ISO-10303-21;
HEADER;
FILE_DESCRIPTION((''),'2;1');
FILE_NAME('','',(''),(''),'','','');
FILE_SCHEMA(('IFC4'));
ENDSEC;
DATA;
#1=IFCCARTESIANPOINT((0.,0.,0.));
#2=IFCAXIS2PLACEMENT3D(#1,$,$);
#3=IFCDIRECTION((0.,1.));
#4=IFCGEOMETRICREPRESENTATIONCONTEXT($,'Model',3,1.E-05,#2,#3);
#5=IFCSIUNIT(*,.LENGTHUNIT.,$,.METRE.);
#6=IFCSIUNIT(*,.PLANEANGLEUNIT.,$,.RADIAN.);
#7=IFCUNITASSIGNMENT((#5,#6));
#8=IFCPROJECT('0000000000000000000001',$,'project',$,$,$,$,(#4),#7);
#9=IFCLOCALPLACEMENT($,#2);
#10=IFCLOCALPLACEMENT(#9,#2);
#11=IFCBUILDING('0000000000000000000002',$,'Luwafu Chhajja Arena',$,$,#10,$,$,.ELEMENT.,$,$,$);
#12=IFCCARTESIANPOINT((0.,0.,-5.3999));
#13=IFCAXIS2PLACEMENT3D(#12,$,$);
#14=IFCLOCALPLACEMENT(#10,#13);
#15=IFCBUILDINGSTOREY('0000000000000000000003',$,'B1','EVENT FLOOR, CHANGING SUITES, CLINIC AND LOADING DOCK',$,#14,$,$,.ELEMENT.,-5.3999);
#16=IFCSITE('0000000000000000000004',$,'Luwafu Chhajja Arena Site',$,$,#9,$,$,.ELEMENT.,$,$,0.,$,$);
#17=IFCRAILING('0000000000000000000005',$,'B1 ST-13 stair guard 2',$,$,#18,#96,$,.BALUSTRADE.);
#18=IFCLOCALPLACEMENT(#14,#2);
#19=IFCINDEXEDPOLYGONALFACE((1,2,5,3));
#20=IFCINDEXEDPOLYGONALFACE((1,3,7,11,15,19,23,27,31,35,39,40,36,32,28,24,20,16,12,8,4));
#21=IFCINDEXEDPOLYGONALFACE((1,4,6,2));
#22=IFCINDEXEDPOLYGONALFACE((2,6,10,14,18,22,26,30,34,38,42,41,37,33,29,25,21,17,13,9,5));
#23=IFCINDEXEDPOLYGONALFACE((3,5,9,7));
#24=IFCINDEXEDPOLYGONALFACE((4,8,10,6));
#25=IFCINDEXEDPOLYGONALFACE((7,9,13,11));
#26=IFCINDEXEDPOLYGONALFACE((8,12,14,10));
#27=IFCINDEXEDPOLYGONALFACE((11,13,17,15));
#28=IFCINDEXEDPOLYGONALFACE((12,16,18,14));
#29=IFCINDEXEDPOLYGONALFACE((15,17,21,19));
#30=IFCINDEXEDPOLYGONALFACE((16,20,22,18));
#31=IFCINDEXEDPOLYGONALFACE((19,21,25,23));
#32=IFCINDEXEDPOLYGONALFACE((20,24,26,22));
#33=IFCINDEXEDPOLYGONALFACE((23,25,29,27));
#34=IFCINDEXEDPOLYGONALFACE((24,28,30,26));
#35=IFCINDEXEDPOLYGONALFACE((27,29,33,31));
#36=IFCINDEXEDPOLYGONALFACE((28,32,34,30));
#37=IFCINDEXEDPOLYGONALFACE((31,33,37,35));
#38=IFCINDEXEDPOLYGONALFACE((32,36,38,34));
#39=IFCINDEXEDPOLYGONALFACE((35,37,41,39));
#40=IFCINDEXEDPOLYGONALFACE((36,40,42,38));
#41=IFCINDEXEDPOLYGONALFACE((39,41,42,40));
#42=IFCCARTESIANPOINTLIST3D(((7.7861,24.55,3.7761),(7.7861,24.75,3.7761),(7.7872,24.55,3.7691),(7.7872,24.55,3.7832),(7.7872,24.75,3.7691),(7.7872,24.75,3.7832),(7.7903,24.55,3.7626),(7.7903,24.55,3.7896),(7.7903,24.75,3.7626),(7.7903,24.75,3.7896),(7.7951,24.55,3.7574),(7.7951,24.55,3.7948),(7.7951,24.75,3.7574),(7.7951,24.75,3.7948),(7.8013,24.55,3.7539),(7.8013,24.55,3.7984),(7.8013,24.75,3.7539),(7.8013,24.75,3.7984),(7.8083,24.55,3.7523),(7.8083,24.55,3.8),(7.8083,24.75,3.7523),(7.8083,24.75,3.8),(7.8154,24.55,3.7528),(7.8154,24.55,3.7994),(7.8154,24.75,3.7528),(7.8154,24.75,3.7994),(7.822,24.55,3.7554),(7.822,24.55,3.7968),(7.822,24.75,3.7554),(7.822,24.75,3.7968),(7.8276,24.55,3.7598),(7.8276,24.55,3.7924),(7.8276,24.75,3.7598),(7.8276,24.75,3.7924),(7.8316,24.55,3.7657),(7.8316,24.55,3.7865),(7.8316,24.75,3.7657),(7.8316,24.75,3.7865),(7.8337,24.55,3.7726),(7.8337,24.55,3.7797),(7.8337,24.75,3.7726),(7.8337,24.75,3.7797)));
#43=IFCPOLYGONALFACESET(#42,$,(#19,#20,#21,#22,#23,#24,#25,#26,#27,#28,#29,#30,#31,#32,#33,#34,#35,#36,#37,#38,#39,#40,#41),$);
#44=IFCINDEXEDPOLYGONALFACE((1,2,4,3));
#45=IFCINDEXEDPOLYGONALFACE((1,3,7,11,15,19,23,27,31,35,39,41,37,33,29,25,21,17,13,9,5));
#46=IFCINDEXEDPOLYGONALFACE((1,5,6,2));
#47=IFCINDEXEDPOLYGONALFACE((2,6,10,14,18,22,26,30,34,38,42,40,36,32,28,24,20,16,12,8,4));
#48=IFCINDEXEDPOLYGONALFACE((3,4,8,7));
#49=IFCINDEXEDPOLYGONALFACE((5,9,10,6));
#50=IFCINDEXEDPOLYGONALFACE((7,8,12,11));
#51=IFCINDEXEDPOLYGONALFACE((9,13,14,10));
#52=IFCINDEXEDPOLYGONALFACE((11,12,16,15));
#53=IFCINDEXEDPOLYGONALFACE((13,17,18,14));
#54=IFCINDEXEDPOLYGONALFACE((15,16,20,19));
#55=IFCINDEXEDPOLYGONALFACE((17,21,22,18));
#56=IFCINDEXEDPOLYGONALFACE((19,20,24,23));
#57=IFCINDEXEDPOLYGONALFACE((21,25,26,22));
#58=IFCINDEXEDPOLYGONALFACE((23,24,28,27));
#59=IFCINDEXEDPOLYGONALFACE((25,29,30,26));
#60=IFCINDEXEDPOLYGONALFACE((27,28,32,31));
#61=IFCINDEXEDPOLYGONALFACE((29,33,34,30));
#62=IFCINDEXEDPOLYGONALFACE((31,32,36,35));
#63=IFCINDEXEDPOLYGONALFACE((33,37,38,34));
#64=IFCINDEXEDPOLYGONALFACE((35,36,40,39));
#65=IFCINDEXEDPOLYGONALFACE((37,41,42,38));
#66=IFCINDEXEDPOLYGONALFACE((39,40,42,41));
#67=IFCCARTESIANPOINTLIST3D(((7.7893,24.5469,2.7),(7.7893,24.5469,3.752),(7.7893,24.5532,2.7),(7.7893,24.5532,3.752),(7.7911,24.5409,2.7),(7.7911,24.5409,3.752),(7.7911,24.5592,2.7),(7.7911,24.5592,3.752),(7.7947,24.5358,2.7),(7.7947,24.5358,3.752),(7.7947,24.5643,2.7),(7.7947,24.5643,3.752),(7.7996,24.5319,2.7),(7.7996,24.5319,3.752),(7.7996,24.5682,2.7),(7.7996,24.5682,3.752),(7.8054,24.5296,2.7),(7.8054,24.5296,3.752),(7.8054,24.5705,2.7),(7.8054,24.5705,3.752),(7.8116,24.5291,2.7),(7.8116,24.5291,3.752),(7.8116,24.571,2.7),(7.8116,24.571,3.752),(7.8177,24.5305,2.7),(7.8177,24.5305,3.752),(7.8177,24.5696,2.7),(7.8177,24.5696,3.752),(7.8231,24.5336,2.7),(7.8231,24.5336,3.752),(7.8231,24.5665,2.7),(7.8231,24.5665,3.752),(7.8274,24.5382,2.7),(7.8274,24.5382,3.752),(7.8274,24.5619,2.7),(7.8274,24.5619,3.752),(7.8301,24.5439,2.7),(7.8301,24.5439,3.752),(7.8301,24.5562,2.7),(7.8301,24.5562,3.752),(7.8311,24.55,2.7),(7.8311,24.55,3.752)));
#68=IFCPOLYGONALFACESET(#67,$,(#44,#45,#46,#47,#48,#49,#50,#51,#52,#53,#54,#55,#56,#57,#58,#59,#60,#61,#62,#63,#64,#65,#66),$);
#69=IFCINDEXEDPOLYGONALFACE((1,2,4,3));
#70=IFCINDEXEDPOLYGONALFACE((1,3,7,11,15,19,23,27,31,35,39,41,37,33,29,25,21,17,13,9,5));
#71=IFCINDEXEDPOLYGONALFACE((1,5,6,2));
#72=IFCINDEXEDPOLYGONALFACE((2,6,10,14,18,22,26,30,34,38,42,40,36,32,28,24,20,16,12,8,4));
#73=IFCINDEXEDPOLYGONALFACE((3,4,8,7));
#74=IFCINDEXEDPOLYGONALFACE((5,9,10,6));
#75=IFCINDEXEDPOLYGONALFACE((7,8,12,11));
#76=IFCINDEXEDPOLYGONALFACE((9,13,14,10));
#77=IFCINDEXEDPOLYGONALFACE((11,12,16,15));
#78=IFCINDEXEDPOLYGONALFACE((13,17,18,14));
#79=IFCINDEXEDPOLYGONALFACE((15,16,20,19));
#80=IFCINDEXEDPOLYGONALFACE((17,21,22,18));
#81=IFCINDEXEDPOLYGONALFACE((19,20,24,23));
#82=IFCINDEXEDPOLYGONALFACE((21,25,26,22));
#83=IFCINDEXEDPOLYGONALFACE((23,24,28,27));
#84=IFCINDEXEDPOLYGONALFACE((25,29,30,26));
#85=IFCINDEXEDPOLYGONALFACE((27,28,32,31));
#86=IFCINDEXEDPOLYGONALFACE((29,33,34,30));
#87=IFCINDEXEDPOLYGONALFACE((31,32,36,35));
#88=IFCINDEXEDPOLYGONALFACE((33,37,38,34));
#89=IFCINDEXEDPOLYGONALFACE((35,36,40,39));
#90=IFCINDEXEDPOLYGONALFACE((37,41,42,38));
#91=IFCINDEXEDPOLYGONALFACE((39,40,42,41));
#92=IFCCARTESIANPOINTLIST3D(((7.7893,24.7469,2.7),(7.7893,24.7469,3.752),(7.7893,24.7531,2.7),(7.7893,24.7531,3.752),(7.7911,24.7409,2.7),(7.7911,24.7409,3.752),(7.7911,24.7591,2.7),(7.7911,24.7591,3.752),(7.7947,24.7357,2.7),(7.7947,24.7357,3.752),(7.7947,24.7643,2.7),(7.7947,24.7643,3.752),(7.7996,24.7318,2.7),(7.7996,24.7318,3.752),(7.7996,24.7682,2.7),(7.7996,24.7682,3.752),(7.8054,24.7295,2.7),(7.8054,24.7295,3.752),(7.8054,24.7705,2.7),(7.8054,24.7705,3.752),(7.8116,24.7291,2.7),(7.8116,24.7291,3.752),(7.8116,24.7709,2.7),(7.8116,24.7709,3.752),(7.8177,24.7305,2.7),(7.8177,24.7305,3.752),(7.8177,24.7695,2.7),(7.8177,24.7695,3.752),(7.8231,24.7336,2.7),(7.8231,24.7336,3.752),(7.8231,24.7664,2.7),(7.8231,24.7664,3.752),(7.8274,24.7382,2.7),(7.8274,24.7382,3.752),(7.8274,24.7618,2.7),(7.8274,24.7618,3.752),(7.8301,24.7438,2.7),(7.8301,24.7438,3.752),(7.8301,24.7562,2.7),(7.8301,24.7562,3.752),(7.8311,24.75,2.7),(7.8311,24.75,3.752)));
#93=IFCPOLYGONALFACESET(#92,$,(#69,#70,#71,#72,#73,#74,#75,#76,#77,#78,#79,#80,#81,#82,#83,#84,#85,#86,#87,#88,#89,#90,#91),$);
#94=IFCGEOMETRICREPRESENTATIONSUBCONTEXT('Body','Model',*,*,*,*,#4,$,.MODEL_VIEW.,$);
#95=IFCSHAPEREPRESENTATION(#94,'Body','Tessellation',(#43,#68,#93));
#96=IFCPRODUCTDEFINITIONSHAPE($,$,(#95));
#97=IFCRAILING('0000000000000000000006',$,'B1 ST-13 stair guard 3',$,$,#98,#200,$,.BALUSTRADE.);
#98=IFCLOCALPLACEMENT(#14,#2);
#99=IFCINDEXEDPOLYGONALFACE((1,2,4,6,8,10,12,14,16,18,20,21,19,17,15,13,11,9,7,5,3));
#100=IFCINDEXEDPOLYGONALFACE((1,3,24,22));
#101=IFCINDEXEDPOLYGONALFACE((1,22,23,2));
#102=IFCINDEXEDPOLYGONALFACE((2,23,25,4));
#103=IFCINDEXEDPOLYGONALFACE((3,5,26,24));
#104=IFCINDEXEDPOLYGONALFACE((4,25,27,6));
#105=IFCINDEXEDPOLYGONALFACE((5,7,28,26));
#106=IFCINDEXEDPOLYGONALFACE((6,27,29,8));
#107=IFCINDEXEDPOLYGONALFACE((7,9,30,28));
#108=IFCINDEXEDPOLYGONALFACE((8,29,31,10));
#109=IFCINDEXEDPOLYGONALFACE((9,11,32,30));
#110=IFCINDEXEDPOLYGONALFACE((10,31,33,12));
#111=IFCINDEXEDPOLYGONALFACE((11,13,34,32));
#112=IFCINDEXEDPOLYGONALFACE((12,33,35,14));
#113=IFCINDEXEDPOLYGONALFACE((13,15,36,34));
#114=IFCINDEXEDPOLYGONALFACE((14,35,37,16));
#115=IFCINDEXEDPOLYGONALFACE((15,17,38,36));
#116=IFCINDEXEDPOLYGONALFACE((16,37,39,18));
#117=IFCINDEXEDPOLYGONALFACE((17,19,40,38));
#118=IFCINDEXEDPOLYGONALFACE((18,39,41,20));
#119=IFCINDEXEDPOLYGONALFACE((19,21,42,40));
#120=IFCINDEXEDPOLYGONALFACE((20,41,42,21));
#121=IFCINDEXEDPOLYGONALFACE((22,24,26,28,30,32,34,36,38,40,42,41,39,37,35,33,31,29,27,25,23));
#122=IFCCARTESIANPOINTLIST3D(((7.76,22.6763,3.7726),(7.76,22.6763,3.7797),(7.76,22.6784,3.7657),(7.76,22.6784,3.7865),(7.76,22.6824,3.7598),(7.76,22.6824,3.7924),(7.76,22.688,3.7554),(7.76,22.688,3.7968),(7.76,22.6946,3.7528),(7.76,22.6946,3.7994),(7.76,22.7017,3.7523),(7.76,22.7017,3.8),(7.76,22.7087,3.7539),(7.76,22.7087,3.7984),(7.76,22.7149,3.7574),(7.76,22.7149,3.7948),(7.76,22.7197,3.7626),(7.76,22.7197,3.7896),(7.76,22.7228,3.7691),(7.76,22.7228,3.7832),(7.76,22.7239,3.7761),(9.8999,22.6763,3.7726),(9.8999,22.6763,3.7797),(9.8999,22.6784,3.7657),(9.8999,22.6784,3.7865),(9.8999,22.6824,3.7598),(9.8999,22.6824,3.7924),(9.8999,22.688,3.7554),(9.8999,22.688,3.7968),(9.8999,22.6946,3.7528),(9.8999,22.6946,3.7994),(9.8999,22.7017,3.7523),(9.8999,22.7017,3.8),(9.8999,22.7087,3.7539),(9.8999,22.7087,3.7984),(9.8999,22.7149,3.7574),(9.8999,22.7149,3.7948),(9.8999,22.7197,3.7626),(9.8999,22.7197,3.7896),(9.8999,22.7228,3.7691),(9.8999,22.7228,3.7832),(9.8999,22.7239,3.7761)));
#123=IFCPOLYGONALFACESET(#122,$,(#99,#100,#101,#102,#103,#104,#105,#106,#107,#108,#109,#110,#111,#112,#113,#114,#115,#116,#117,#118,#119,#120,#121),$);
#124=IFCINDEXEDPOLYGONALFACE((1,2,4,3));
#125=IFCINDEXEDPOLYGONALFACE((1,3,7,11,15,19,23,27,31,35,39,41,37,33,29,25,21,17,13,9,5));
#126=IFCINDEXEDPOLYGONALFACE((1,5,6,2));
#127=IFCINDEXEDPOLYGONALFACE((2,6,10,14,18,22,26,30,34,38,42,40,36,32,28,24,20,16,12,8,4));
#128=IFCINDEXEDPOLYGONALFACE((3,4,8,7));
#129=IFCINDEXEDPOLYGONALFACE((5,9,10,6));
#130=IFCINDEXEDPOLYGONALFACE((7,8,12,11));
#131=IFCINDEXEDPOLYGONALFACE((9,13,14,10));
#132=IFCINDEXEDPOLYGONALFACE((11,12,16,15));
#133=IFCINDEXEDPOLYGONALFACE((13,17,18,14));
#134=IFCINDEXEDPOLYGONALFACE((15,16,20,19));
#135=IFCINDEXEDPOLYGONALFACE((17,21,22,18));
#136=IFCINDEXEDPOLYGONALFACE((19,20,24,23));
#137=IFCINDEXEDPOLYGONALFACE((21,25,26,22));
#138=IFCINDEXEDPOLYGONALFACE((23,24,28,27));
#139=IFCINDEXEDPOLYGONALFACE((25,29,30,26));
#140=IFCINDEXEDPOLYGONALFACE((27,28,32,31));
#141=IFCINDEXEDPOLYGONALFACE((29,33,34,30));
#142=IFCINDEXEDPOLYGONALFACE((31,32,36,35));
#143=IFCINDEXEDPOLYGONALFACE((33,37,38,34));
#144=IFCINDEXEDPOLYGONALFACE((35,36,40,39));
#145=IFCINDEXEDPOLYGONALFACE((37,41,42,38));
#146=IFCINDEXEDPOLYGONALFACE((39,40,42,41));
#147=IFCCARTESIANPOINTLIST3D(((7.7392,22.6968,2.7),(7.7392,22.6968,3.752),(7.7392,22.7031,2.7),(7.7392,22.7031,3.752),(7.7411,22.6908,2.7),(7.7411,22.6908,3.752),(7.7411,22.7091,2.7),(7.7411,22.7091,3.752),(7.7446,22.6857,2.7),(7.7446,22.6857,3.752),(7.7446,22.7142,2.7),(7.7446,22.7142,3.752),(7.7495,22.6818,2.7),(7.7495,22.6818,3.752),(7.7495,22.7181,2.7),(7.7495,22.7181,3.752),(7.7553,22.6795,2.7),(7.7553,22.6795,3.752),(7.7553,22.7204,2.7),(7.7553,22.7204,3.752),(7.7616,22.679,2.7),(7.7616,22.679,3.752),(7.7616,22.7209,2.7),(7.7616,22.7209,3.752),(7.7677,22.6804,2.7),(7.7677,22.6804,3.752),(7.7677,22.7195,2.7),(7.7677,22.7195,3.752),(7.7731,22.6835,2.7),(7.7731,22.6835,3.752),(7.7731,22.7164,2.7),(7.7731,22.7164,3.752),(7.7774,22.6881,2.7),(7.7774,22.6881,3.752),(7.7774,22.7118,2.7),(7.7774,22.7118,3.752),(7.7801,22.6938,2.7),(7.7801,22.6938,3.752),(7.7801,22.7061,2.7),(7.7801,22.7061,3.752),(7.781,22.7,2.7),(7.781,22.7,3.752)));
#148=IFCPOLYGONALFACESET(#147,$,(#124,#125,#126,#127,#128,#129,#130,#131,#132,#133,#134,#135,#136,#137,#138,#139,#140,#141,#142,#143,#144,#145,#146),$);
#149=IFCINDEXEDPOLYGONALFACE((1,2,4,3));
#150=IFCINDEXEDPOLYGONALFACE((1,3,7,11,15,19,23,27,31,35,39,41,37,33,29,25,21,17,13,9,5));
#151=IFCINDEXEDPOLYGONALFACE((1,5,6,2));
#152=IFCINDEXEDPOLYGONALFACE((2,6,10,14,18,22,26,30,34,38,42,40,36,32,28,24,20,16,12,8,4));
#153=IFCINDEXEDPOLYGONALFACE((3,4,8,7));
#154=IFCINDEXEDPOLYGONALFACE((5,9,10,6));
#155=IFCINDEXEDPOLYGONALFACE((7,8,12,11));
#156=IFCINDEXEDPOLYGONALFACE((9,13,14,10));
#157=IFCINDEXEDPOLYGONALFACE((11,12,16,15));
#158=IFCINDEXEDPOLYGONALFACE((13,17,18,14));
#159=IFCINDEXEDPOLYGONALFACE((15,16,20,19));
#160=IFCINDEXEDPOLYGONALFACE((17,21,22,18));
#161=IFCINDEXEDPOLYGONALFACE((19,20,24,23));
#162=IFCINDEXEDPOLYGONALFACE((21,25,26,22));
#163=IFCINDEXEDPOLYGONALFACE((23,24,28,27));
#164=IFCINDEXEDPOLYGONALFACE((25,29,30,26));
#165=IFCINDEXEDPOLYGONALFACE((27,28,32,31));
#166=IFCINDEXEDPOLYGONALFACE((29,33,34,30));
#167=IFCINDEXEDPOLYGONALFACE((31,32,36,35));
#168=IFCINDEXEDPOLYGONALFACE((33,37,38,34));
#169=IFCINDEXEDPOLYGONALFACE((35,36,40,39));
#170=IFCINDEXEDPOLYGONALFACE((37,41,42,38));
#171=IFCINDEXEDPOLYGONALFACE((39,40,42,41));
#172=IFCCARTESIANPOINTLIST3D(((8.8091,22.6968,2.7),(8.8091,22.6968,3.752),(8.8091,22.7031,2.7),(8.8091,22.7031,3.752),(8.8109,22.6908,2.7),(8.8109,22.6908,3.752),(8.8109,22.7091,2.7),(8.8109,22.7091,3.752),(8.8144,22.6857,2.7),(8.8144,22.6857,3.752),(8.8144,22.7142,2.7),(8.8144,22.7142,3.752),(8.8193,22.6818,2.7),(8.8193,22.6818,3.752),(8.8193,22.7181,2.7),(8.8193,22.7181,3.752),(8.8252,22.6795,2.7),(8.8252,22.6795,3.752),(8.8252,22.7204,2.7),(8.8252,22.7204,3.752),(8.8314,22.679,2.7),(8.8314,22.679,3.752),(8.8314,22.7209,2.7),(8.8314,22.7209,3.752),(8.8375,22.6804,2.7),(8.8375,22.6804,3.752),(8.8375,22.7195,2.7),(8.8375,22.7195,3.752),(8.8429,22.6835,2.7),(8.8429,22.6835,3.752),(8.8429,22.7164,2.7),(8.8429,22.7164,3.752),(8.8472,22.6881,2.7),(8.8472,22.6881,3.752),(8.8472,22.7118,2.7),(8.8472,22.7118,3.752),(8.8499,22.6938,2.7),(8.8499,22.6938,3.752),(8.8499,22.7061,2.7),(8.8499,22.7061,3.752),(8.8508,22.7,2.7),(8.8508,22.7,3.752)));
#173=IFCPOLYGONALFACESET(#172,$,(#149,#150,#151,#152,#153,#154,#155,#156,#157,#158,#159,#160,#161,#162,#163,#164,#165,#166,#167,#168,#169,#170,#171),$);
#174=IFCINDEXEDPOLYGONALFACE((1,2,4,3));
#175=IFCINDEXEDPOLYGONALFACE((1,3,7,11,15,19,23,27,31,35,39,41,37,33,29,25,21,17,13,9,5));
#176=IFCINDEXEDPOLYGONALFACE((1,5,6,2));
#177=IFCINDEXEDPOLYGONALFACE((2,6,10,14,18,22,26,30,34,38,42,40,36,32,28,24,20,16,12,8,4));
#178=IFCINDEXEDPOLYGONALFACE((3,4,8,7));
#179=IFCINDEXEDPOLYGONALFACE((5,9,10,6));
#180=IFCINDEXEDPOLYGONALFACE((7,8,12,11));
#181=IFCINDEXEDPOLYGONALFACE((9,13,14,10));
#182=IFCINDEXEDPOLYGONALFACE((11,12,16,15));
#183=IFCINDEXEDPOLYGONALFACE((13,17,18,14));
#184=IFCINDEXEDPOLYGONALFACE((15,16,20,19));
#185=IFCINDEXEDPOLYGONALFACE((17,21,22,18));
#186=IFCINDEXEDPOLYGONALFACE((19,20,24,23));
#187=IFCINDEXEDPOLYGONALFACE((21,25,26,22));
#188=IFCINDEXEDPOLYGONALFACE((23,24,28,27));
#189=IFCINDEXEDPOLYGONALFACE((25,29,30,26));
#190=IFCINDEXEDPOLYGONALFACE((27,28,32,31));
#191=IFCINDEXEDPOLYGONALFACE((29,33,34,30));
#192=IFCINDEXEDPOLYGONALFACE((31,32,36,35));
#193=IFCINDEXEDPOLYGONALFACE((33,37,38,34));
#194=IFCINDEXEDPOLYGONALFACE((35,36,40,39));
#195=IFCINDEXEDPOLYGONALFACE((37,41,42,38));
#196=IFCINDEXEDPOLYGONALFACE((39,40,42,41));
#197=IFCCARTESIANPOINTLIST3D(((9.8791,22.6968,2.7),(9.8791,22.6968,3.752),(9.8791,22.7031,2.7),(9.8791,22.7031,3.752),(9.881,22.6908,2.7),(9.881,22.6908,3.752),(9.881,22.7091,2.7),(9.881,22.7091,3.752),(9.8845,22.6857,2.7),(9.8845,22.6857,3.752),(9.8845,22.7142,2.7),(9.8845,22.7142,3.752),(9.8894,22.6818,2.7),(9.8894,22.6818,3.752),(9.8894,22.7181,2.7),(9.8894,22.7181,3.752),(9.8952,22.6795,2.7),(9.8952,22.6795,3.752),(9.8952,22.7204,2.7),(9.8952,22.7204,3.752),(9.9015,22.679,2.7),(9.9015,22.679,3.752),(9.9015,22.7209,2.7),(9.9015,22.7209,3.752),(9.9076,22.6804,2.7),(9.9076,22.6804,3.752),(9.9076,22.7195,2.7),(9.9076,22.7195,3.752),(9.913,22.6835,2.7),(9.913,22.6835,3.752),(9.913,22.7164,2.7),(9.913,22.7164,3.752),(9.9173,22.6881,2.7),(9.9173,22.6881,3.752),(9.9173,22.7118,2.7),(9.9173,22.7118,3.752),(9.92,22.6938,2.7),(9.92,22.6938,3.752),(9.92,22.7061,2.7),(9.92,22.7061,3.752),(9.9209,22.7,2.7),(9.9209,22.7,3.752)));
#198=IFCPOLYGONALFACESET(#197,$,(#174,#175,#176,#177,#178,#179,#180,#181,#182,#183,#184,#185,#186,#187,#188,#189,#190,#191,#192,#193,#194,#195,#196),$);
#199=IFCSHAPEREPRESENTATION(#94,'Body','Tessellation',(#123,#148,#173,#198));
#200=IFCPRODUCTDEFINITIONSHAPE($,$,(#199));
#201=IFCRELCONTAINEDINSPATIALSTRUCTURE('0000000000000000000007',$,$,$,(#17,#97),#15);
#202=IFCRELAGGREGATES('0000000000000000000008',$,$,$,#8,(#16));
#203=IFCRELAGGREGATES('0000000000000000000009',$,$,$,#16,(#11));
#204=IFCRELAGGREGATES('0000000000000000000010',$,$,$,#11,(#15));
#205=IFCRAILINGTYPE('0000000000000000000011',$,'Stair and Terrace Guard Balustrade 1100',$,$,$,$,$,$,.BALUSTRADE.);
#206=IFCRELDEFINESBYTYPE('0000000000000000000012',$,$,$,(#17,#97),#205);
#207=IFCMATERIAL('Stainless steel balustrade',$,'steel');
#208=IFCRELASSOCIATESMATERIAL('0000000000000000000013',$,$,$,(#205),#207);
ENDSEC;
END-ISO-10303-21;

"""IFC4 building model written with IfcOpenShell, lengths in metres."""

from ifc_helpers import new_model, si_unit, direction, frame, origin, origin_2d, place, context, subcontext, project, spatial, circle, extrude, material, type_object, element, save


model = new_model("IFC4")

# Units and contexts
model_context = context("Model", 3, precision=1e-05, world=origin(), true_north=direction((0.0, 1.0)))
body_context = subcontext(model_context, "Body", "Model", "MODEL_VIEW")
ifc_project = project(units=[si_unit("LENGTHUNIT", "METRE"), si_unit("PLANEANGLEUNIT", "RADIAN")], contexts=[model_context])

# Site, building, storey
site_placement = place(None, origin())
site = spatial("IfcSite", under=ifc_project, at=site_placement, Name="Luwafu Chhajja Arena Site", CompositionType="ELEMENT", RefElevation=0.0)
building_placement = place(site_placement, origin())
building = spatial("IfcBuilding", under=site, at=building_placement, Name="Luwafu Chhajja Arena", CompositionType="ELEMENT")
storey_placement = place(building_placement, frame((0.0, 0.0, -5.3999)))
storey = spatial("IfcBuildingStorey", under=building, at=storey_placement, Name="B1", Description="EVENT FLOOR, CHANGING SUITES, CLINIC AND LOADING DOCK", CompositionType="ELEMENT", Elevation=-5.3999)

# Railings
ifc_material_1 = material(Name="Stainless steel balustrade", Category="steel")
railing_type_1 = type_object("IfcRailingType", Name="Stair and Terrace Guard Balustrade 1100", PredefinedType="BALUSTRADE", material=ifc_material_1)
railing_1_placement = place(storey_placement, frame((7.8101, 24.55, 2.7)))
element("IfcRailing", 1, at=railing_1_placement, inside=storey, type_object=railing_type_1, Name="B1 ST-13 stair guard 2", PredefinedType="BALUSTRADE", context=body_context, shape_type="SweptSolid", body=[
    extrude(circle(Radius=0.0239, at=origin_2d()), frame((0.0, 0.0, 1.0762), z_axis=(0.0, 1.0, 0.0), x_axis=(-1.0, 0.0, 0.0)), (0.0, 0.0, 1.0), 0.2),
    extrude(circle(Radius=0.021, at=origin_2d()), origin(), (0.0, 0.0, 1.0), 1.052),
    extrude(circle(Radius=0.021, at=origin_2d()), frame((0.0, 0.2, 0.0)), (0.0, 0.0, 1.0), 1.052),
])
for number, where, name in (
    (2, (7.76, 22.7, 2.7), "B1 ST-13 stair guard 3"),
):
    element("IfcRailing", number, at=place(storey_placement, frame(where)), inside=storey, type_object=railing_type_1, Name=name, PredefinedType="BALUSTRADE", context=body_context, shape_type="SweptSolid", body=[
        extrude(circle(Radius=0.0239, at=origin_2d()), frame((0.0, 0.0, 1.0762), z_axis=(1.0, 0.0, 0.0), x_axis=(0.0, 1.0, 0.0)), (0.0, 0.0, 1.0), 2.1399),
        extrude(circle(Radius=0.021, at=origin_2d()), origin(), (0.0, 0.0, 1.0), 1.052),
        extrude(circle(Radius=0.021, at=origin_2d()), frame((1.0698, 0.0, 0.0)), (0.0, 0.0, 1.0), 1.052),
        extrude(circle(Radius=0.021, at=origin_2d()), frame((2.1399, 0.0, 0.0)), (0.0, 0.0, 1.0), 1.052),
    ])

save(model, "model.ifc")
